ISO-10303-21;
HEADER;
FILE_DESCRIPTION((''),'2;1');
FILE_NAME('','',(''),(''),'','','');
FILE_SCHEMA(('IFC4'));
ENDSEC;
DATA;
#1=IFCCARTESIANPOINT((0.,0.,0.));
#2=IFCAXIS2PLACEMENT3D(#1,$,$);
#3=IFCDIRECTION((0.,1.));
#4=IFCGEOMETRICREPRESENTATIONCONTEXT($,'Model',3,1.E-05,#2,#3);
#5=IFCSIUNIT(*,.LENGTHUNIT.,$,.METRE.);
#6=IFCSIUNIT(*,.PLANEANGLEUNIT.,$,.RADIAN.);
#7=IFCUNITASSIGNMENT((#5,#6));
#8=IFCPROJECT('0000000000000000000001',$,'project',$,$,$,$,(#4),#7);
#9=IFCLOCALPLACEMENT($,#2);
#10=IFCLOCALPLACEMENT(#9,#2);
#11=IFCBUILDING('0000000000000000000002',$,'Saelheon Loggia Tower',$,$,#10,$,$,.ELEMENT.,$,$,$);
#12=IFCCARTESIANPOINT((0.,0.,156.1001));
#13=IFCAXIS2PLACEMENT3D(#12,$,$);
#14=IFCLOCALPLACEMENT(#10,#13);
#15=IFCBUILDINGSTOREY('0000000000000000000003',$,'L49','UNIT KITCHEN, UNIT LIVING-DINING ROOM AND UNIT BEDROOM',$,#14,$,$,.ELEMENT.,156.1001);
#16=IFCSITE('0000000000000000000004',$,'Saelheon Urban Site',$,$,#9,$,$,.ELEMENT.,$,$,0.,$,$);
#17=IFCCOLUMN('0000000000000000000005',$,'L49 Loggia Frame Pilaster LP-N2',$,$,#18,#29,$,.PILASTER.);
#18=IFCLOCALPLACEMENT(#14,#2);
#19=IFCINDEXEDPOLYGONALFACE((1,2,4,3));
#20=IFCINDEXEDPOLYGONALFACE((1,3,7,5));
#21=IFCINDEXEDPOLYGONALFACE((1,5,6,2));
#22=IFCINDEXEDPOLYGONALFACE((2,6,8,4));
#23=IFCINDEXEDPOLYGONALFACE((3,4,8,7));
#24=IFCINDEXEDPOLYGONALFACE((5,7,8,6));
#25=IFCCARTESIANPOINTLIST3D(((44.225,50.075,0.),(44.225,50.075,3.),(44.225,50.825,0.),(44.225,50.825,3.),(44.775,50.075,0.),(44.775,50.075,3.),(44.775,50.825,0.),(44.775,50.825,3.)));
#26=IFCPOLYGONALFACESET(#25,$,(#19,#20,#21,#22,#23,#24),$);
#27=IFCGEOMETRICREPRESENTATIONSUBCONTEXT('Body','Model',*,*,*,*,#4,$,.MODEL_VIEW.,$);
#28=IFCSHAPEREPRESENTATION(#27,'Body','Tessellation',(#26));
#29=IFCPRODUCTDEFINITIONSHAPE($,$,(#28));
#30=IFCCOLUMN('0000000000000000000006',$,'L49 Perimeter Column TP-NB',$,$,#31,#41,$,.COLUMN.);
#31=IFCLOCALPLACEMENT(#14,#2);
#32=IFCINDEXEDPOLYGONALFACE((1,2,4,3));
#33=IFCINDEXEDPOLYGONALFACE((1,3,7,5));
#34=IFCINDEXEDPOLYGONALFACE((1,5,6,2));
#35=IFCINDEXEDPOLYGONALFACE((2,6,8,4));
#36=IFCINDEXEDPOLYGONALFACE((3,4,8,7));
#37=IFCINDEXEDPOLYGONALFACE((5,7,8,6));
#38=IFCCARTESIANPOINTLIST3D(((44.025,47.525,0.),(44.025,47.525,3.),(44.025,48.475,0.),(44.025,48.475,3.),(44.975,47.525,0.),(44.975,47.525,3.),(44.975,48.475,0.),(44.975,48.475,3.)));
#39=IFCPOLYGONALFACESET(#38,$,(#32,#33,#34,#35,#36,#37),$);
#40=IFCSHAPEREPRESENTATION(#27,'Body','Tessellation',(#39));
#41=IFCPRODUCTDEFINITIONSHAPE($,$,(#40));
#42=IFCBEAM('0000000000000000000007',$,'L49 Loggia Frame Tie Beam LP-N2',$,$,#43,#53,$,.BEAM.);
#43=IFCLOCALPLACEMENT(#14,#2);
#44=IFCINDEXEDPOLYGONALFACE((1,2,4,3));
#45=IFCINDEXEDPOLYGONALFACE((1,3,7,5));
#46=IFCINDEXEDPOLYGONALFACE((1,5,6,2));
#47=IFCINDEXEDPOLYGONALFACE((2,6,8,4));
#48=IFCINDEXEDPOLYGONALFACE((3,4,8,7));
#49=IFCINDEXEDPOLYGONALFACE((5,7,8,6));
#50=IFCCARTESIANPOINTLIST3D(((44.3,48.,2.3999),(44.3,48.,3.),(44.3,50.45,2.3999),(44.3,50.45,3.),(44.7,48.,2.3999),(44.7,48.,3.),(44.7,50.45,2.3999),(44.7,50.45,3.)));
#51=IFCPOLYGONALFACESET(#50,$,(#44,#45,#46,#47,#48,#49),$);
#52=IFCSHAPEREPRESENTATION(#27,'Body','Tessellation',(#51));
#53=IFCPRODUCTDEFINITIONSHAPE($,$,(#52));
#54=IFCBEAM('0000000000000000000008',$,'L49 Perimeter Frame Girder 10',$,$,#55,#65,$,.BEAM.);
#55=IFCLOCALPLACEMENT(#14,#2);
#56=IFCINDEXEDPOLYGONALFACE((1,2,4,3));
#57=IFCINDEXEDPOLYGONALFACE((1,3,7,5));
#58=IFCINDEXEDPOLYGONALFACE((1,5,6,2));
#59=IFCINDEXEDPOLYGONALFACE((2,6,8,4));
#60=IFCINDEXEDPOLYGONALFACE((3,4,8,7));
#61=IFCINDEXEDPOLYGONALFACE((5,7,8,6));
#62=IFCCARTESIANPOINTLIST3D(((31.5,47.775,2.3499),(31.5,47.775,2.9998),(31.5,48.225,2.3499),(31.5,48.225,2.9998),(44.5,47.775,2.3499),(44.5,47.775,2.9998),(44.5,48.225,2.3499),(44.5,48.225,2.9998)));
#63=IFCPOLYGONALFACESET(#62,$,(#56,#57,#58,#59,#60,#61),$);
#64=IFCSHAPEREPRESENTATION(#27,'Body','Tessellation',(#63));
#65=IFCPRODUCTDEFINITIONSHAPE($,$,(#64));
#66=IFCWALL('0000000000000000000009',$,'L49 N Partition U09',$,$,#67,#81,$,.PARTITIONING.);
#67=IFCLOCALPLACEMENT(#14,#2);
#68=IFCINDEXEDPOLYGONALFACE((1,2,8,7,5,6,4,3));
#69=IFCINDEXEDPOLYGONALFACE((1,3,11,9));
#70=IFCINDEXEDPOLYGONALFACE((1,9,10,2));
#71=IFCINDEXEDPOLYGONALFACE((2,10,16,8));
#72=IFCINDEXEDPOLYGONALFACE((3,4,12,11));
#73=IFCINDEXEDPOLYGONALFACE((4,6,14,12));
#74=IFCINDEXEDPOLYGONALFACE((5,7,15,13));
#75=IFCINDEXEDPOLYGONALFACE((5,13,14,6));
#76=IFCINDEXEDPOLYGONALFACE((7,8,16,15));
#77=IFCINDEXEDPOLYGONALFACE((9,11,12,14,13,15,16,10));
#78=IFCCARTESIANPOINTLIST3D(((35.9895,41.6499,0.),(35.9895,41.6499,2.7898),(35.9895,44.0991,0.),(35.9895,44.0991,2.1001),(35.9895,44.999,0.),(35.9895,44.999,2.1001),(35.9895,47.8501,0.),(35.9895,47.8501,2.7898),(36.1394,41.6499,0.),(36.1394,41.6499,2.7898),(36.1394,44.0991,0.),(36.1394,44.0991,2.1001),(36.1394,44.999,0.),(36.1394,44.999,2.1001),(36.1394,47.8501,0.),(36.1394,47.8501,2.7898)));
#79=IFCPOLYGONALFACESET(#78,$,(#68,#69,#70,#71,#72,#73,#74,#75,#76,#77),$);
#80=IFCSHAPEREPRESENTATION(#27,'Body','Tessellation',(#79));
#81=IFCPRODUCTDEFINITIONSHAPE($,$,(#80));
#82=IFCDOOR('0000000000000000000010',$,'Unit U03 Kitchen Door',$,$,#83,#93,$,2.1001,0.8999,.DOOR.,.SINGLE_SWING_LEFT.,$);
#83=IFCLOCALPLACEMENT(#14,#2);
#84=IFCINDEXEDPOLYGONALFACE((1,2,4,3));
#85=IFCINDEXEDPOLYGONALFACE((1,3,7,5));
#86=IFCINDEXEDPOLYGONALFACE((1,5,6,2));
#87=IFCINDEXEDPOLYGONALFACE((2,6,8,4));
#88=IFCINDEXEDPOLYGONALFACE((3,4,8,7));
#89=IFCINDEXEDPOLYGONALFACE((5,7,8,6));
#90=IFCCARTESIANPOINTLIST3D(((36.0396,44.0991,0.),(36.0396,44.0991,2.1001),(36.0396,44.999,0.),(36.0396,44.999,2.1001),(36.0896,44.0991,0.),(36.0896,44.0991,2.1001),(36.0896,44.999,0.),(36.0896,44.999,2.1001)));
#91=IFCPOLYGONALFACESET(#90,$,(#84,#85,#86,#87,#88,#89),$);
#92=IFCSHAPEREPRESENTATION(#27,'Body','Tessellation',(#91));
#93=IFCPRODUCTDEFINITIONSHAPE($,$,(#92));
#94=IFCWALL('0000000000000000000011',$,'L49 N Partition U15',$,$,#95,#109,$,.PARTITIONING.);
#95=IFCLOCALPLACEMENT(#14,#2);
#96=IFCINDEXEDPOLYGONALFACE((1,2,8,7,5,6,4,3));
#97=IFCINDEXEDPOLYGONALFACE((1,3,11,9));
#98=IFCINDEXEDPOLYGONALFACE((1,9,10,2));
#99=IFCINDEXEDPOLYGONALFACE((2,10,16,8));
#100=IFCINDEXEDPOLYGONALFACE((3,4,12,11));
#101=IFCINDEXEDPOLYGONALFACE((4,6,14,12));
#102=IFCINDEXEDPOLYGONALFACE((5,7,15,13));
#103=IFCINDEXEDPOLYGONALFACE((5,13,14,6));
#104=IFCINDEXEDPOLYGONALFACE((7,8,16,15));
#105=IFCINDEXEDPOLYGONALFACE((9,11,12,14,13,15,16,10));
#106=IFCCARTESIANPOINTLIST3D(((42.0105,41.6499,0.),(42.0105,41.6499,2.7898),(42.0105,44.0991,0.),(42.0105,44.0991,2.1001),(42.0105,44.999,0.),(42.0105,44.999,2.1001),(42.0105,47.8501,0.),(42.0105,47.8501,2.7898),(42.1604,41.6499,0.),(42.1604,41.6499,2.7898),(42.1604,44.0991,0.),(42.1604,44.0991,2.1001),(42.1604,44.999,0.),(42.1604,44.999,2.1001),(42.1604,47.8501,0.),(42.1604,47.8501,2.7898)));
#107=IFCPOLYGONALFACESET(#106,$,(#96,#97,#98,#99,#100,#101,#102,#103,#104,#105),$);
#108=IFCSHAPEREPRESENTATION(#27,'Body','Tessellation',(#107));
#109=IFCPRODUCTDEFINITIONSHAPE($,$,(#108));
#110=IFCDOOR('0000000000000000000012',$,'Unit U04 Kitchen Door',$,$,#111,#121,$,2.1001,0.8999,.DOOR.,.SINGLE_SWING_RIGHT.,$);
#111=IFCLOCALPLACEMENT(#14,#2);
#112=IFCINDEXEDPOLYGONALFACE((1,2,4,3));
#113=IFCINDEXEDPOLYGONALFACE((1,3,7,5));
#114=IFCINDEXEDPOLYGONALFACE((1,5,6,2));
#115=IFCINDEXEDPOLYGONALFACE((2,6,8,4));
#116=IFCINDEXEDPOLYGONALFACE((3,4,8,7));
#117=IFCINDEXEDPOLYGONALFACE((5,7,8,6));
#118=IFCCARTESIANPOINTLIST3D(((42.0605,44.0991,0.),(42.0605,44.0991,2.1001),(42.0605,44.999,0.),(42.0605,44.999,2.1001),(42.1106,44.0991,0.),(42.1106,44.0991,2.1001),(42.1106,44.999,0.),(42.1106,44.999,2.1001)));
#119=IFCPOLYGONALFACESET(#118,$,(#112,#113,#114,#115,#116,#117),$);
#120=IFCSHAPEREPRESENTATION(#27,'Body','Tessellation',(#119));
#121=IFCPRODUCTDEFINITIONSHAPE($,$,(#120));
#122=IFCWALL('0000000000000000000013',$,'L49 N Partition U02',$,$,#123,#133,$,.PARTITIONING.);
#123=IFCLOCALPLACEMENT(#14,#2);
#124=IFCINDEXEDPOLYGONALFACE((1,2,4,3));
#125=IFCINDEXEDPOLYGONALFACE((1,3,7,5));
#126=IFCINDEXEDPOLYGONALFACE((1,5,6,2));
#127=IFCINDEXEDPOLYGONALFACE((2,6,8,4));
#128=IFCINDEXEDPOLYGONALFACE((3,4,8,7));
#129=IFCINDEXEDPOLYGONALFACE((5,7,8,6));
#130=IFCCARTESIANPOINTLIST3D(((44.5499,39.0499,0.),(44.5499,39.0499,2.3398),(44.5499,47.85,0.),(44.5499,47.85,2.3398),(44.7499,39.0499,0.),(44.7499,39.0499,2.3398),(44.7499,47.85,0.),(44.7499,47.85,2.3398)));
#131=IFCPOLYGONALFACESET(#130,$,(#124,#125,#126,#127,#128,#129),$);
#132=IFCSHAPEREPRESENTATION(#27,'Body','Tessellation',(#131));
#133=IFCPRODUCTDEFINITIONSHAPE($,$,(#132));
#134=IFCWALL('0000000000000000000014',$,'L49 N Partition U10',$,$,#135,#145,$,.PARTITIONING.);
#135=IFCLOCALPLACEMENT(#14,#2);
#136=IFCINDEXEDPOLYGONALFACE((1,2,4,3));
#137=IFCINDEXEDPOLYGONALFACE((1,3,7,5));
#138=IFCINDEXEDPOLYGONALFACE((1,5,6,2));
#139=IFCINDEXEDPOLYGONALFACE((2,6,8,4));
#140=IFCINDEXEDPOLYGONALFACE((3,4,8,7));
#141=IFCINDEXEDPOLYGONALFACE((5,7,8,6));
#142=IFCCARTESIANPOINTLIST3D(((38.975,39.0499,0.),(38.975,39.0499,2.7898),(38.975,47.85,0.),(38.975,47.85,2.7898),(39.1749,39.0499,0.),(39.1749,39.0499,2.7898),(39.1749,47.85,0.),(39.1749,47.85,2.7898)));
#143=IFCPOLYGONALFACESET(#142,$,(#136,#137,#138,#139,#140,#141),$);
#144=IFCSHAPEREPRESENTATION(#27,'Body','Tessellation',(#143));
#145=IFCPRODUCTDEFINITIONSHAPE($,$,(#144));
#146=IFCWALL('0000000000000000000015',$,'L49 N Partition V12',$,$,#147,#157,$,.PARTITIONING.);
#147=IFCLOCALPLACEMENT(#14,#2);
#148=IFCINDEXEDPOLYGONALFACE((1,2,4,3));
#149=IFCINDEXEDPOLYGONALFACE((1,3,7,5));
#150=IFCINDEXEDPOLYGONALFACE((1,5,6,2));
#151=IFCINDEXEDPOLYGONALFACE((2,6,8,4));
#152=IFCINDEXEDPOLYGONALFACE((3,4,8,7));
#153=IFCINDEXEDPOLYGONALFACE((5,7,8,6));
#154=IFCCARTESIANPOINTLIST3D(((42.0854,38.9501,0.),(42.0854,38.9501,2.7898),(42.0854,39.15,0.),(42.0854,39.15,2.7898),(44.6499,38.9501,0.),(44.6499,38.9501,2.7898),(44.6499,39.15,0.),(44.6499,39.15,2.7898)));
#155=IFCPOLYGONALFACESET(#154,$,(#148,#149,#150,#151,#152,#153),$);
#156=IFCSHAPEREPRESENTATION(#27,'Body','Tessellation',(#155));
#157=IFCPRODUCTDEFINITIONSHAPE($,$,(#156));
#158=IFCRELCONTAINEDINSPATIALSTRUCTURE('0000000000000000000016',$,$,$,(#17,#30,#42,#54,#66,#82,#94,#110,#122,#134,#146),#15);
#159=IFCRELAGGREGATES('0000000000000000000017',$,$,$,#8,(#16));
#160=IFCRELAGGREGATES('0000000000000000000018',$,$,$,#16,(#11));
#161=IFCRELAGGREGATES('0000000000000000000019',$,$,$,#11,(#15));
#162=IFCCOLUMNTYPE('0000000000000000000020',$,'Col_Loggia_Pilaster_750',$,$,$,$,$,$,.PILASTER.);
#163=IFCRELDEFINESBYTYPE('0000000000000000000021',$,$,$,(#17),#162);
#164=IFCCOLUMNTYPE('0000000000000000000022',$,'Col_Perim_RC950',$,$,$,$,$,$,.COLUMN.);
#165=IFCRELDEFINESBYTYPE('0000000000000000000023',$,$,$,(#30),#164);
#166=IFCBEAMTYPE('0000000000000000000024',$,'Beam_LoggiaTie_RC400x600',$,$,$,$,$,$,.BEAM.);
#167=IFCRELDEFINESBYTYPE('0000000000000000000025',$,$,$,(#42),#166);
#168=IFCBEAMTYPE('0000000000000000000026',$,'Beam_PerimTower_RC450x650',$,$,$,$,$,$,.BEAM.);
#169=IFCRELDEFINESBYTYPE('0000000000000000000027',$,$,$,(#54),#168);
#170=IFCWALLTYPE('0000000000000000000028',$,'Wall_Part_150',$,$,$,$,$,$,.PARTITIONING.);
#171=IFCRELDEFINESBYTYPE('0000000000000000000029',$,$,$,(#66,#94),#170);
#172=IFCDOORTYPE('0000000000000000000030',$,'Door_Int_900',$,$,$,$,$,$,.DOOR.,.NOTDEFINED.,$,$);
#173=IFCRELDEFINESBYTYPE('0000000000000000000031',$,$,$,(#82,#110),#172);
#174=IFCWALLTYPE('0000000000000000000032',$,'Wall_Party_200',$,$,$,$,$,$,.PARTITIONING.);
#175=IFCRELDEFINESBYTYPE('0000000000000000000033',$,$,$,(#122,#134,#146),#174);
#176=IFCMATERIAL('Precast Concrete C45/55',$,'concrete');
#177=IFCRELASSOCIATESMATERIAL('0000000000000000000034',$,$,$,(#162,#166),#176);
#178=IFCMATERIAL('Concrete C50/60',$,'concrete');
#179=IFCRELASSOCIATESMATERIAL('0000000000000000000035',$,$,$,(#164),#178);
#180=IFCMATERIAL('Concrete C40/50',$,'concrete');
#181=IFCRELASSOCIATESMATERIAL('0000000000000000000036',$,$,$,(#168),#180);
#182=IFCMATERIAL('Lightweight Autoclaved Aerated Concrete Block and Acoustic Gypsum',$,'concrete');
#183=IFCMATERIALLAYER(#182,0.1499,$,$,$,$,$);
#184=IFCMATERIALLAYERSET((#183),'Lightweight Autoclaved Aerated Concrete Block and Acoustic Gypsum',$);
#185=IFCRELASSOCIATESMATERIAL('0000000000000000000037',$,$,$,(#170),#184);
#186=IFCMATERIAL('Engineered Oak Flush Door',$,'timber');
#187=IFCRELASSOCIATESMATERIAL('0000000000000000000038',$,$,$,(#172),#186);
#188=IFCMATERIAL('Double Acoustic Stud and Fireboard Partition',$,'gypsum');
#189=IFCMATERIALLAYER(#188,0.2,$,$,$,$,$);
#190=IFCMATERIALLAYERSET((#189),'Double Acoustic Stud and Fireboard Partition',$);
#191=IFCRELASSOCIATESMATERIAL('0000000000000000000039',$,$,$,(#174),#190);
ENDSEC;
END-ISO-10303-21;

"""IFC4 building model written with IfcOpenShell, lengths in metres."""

from ifc_helpers import new_model, si_unit, direction, frame, frame_2d, origin, origin_2d, place, context, subcontext, project, spatial, rectangle, extrude, source, transform, mapped, material, layer, layer_set, material_profile, profile_set, type_object, element, fill, save


model = new_model("IFC4")

# Units and contexts
model_context = context("Model", 3, precision=1e-05, world=origin(), true_north=direction((0.0, 1.0)))
body_context = subcontext(model_context, "Body", "Model", "MODEL_VIEW")
ifc_project = project(units=[si_unit("LENGTHUNIT", "METRE"), si_unit("PLANEANGLEUNIT", "RADIAN")], contexts=[model_context])

# Site, building, storey
site_placement = place(None, origin())
site = spatial("IfcSite", under=ifc_project, at=site_placement, Name="Saelheon Urban Site", CompositionType="ELEMENT", RefElevation=0.0)
building_placement = place(site_placement, origin())
building = spatial("IfcBuilding", under=site, at=building_placement, Name="Saelheon Loggia Tower", CompositionType="ELEMENT")
storey_placement = place(building_placement, frame((0.0, 0.0, 156.1001)))
storey = spatial("IfcBuildingStorey", under=building, at=storey_placement, Name="L49", Description="UNIT KITCHEN, UNIT LIVING-DINING ROOM AND UNIT BEDROOM", CompositionType="ELEMENT", Elevation=156.1001)

# Columns
ifc_material_1 = material(Name="Precast Concrete C45/55", Category="concrete")
ifc_material_profile_1 = material_profile(ifc_material_1, rectangle(XDim=0.55, YDim=0.75, at=origin_2d()), Name="RC-550x750")
ifc_profile_set_1 = profile_set([ifc_material_profile_1], Name="Precast Concrete C45/55")
column_type_1 = type_object("IfcColumnType", Name="Col_Loggia_Pilaster_750", PredefinedType="PILASTER", material=ifc_profile_set_1)
shared_shape_1 = source(origin(), body_context, "Body", "SweptSolid", [
    extrude(rectangle(XDim=0.55, YDim=0.75, at=origin_2d()), origin(), (0.0, 0.0, 1.0), 3.0),
])
column_1_placement = place(storey_placement, frame((44.5, 50.45, 0.0), z_axis=(0.0, 0.0, 1.0), x_axis=(1.0, 0.0, 0.0)))
element("IfcColumn", 1, at=column_1_placement, inside=storey, type_object=column_type_1, Name="L49 Loggia Frame Pilaster LP-N2", PredefinedType="PILASTER", context=body_context, shape_type="MappedRepresentation", body=[
    mapped(shared_shape_1, transform((0.0, 0.0, 0.0), scale=1.0)),
])
ifc_material_2 = material(Name="Concrete C50/60", Category="concrete")
ifc_material_profile_2 = material_profile(ifc_material_2, rectangle(XDim=0.95, YDim=0.95, at=origin_2d()), Name="RC-950x950")
ifc_profile_set_2 = profile_set([ifc_material_profile_2], Name="Concrete C50/60")
column_type_2 = type_object("IfcColumnType", Name="Col_Perim_RC950", PredefinedType="COLUMN", material=ifc_profile_set_2)
shared_shape_2 = source(origin(), body_context, "Body", "SweptSolid", [
    extrude(rectangle(XDim=0.95, YDim=0.95, at=origin_2d()), origin(), (0.0, 0.0, 1.0), 3.0),
])
column_2_placement = place(storey_placement, frame((44.5, 48.0, 0.0), z_axis=(0.0, 0.0, 1.0), x_axis=(1.0, 0.0, 0.0)))
element("IfcColumn", 2, at=column_2_placement, inside=storey, type_object=column_type_2, Name="L49 Perimeter Column TP-NB", PredefinedType="COLUMN", context=body_context, shape_type="MappedRepresentation", body=[
    mapped(shared_shape_2, transform((0.0, 0.0, 0.0), scale=1.0)),
])

# Beams
ifc_material_profile_3 = material_profile(ifc_material_1, rectangle(XDim=0.3999, YDim=0.6001, at=origin_2d()), Name="RC-400x600")
ifc_profile_set_3 = profile_set([ifc_material_profile_3], Name="Precast Concrete C45/55")
beam_type_1 = type_object("IfcBeamType", Name="Beam_LoggiaTie_RC400x600", PredefinedType="BEAM", material=ifc_profile_set_3)
shared_shape_3 = source(origin(), body_context, "Body", "SweptSolid", [
    extrude(rectangle(XDim=0.3999, YDim=0.6001, at=origin_2d()), origin(), (0.0, 0.0, 1.0), 2.45),
])
beam_1_placement = place(storey_placement, frame((44.5, 48.0, 2.7), z_axis=(0.0, 1.0, 0.0), x_axis=(-1.0, 0.0, 0.0)))
element("IfcBeam", 3, at=beam_1_placement, inside=storey, type_object=beam_type_1, Name="L49 Loggia Frame Tie Beam LP-N2", PredefinedType="BEAM", context=body_context, shape_type="MappedRepresentation", body=[
    mapped(shared_shape_3, transform((0.0, 0.0, 0.0), scale=1.0)),
])
ifc_material_3 = material(Name="Concrete C40/50", Category="concrete")
ifc_material_profile_4 = material_profile(ifc_material_3, rectangle(XDim=0.45, YDim=0.6499, at=origin_2d()), Name="RC-450x650")
ifc_profile_set_4 = profile_set([ifc_material_profile_4], Name="Concrete C40/50")
beam_type_2 = type_object("IfcBeamType", Name="Beam_PerimTower_RC450x650", PredefinedType="BEAM", material=ifc_profile_set_4)
shared_shape_4 = source(origin(), body_context, "Body", "SweptSolid", [
    extrude(rectangle(XDim=0.45, YDim=0.6499, at=origin_2d()), origin(), (0.0, 0.0, 1.0), 13.0),
])
beam_2_placement = place(storey_placement, frame((44.5, 48.0, 2.6748), z_axis=(-1.0, 0.0, 0.0), x_axis=(0.0, -1.0, 0.0)))
element("IfcBeam", 4, at=beam_2_placement, inside=storey, type_object=beam_type_2, Name="L49 Perimeter Frame Girder 10", PredefinedType="BEAM", context=body_context, shape_type="MappedRepresentation", body=[
    mapped(shared_shape_4, transform((0.0, 0.0, 0.0), scale=1.0)),
])

# Walls, openings, doors
ifc_material_4 = material(Name="Lightweight Autoclaved Aerated Concrete Block and Acoustic Gypsum", Category="concrete")
ifc_layer_1 = layer(ifc_material_4, 0.1499)
ifc_layer_set_1 = layer_set([ifc_layer_1], Name="Lightweight Autoclaved Aerated Concrete Block and Acoustic Gypsum")
wall_type_1 = type_object("IfcWallType", Name="Wall_Part_150", PredefinedType="PARTITIONING", material=ifc_layer_set_1)
wall_1_placement = place(storey_placement, frame((36.0645, 41.6499, 0.0), z_axis=(0.0, 0.0, 1.0), x_axis=(0.0, 1.0, 0.0)))
wall_1 = element("IfcWall", 5, at=wall_1_placement, inside=storey, type_object=wall_type_1, Name="L49 N Partition U09", PredefinedType="PARTITIONING", context=body_context, shape_type="SweptSolid", body=[
    extrude(rectangle(XDim=6.2002, YDim=0.1499, at=frame_2d((3.1001, 0.0))), origin(), (0.0, 0.0, 1.0), 2.7898),
])
opening_1_placement = place(wall_1_placement, frame((2.4492, 0.0, 0.0)))
opening_1 = element("IfcOpeningElement", 6, at=opening_1_placement, cuts=wall_1, PredefinedType="OPENING", context=body_context, shape_type="SweptSolid", body=[
    extrude(rectangle(XDim=0.8999, YDim=2.1001, at=frame_2d((0.45, 1.05))), frame((0.0, 0.0869, 0.0), z_axis=(0.0, -1.0, 0.0), x_axis=(1.0, 0.0, 0.0)), (0.0, 0.0, 1.0), 0.1738),
])
ifc_material_5 = material(Name="Engineered Oak Flush Door", Category="timber")
door_type_1 = type_object("IfcDoorType", Name="Door_Int_900", OperationType="NOTDEFINED", PredefinedType="DOOR", material=ifc_material_5)
shared_shape_5 = source(origin(), body_context, "Body", "SweptSolid", [
    extrude(rectangle(XDim=0.8999, YDim=2.1001, at=frame_2d((0.45, 1.05))), frame((0.0, 0.0249, 0.0), z_axis=(0.0, -1.0, 0.0), x_axis=(1.0, 0.0, 0.0)), (0.0, 0.0, 1.0), 0.05),
])
door_1_placement = place(opening_1_placement, origin())
door_1 = element("IfcDoor", 7, at=door_1_placement, inside=storey, type_object=door_type_1, Name="Unit U03 Kitchen Door", OperationType="SINGLE_SWING_LEFT", OverallHeight=2.1001, OverallWidth=0.8999, PredefinedType="DOOR", context=body_context, shape_type="MappedRepresentation", body=[
    mapped(shared_shape_5, transform((0.0, 0.0, 0.0), scale=1.0)),
])
fill(opening_1, door_1)
wall_2_placement = place(storey_placement, frame((42.0854, 41.6499, 0.0), z_axis=(0.0, 0.0, 1.0), x_axis=(0.0, 1.0, 0.0)))
wall_2 = element("IfcWall", 8, at=wall_2_placement, inside=storey, type_object=wall_type_1, Name="L49 N Partition U15", PredefinedType="PARTITIONING", context=body_context, shape_type="SweptSolid", body=[
    extrude(rectangle(XDim=6.2002, YDim=0.1499, at=frame_2d((3.1001, 0.0))), origin(), (0.0, 0.0, 1.0), 2.7898),
])
opening_2_placement = place(wall_2_placement, frame((2.4492, 0.0, 0.0)))
opening_2 = element("IfcOpeningElement", 9, at=opening_2_placement, cuts=wall_2, PredefinedType="OPENING", context=body_context, shape_type="SweptSolid", body=[
    extrude(rectangle(XDim=0.8999, YDim=2.1001, at=frame_2d((0.45, 1.05))), frame((0.0, 0.0869, 0.0), z_axis=(0.0, -1.0, 0.0), x_axis=(1.0, 0.0, 0.0)), (0.0, 0.0, 1.0), 0.1738),
])
door_2_placement = place(opening_2_placement, origin())
door_2 = element("IfcDoor", 10, at=door_2_placement, inside=storey, type_object=door_type_1, Name="Unit U04 Kitchen Door", OperationType="SINGLE_SWING_RIGHT", OverallHeight=2.1001, OverallWidth=0.8999, PredefinedType="DOOR", context=body_context, shape_type="MappedRepresentation", body=[
    mapped(shared_shape_5, transform((0.0, 0.0, 0.0), scale=1.0)),
])
fill(opening_2, door_2)

# Wall
ifc_material_6 = material(Name="Double Acoustic Stud and Fireboard Partition", Category="gypsum")
ifc_layer_2 = layer(ifc_material_6, 0.2)
ifc_layer_set_2 = layer_set([ifc_layer_2], Name="Double Acoustic Stud and Fireboard Partition")
wall_type_2 = type_object("IfcWallType", Name="Wall_Party_200", PredefinedType="PARTITIONING", material=ifc_layer_set_2)
wall_3_placement = place(storey_placement, frame((44.6499, 39.05, 0.0), z_axis=(0.0, 0.0, 1.0), x_axis=(0.0, 1.0, 0.0)))
element("IfcWall", 11, at=wall_3_placement, inside=storey, type_object=wall_type_2, Name="L49 N Partition U02", PredefinedType="PARTITIONING", context=body_context, shape_type="SweptSolid", body=[
    extrude(rectangle(XDim=8.8, YDim=0.2, at=frame_2d((4.3999, 0.0))), origin(), (0.0, 0.0, 1.0), 2.3398),
])

# Wall
wall_4_placement = place(storey_placement, frame((39.075, 39.05, 0.0), z_axis=(0.0, 0.0, 1.0), x_axis=(0.0, 1.0, 0.0)))
element("IfcWall", 12, at=wall_4_placement, inside=storey, type_object=wall_type_2, Name="L49 N Partition U10", PredefinedType="PARTITIONING", context=body_context, shape_type="SweptSolid", body=[
    extrude(rectangle(XDim=8.8, YDim=0.2, at=frame_2d((4.3999, 0.0))), origin(), (0.0, 0.0, 1.0), 2.7898),
])

# Wall
wall_5_placement = place(storey_placement, frame((42.0854, 39.05, 0.0), z_axis=(0.0, 0.0, 1.0), x_axis=(1.0, 0.0, 0.0)))
element("IfcWall", 13, at=wall_5_placement, inside=storey, type_object=wall_type_2, Name="L49 N Partition V12", PredefinedType="PARTITIONING", context=body_context, shape_type="SweptSolid", body=[
    extrude(rectangle(XDim=2.5645, YDim=0.2, at=frame_2d((1.2822, 0.0))), origin(), (0.0, 0.0, 1.0), 2.7898),
])

save(model, "model.ifc")
